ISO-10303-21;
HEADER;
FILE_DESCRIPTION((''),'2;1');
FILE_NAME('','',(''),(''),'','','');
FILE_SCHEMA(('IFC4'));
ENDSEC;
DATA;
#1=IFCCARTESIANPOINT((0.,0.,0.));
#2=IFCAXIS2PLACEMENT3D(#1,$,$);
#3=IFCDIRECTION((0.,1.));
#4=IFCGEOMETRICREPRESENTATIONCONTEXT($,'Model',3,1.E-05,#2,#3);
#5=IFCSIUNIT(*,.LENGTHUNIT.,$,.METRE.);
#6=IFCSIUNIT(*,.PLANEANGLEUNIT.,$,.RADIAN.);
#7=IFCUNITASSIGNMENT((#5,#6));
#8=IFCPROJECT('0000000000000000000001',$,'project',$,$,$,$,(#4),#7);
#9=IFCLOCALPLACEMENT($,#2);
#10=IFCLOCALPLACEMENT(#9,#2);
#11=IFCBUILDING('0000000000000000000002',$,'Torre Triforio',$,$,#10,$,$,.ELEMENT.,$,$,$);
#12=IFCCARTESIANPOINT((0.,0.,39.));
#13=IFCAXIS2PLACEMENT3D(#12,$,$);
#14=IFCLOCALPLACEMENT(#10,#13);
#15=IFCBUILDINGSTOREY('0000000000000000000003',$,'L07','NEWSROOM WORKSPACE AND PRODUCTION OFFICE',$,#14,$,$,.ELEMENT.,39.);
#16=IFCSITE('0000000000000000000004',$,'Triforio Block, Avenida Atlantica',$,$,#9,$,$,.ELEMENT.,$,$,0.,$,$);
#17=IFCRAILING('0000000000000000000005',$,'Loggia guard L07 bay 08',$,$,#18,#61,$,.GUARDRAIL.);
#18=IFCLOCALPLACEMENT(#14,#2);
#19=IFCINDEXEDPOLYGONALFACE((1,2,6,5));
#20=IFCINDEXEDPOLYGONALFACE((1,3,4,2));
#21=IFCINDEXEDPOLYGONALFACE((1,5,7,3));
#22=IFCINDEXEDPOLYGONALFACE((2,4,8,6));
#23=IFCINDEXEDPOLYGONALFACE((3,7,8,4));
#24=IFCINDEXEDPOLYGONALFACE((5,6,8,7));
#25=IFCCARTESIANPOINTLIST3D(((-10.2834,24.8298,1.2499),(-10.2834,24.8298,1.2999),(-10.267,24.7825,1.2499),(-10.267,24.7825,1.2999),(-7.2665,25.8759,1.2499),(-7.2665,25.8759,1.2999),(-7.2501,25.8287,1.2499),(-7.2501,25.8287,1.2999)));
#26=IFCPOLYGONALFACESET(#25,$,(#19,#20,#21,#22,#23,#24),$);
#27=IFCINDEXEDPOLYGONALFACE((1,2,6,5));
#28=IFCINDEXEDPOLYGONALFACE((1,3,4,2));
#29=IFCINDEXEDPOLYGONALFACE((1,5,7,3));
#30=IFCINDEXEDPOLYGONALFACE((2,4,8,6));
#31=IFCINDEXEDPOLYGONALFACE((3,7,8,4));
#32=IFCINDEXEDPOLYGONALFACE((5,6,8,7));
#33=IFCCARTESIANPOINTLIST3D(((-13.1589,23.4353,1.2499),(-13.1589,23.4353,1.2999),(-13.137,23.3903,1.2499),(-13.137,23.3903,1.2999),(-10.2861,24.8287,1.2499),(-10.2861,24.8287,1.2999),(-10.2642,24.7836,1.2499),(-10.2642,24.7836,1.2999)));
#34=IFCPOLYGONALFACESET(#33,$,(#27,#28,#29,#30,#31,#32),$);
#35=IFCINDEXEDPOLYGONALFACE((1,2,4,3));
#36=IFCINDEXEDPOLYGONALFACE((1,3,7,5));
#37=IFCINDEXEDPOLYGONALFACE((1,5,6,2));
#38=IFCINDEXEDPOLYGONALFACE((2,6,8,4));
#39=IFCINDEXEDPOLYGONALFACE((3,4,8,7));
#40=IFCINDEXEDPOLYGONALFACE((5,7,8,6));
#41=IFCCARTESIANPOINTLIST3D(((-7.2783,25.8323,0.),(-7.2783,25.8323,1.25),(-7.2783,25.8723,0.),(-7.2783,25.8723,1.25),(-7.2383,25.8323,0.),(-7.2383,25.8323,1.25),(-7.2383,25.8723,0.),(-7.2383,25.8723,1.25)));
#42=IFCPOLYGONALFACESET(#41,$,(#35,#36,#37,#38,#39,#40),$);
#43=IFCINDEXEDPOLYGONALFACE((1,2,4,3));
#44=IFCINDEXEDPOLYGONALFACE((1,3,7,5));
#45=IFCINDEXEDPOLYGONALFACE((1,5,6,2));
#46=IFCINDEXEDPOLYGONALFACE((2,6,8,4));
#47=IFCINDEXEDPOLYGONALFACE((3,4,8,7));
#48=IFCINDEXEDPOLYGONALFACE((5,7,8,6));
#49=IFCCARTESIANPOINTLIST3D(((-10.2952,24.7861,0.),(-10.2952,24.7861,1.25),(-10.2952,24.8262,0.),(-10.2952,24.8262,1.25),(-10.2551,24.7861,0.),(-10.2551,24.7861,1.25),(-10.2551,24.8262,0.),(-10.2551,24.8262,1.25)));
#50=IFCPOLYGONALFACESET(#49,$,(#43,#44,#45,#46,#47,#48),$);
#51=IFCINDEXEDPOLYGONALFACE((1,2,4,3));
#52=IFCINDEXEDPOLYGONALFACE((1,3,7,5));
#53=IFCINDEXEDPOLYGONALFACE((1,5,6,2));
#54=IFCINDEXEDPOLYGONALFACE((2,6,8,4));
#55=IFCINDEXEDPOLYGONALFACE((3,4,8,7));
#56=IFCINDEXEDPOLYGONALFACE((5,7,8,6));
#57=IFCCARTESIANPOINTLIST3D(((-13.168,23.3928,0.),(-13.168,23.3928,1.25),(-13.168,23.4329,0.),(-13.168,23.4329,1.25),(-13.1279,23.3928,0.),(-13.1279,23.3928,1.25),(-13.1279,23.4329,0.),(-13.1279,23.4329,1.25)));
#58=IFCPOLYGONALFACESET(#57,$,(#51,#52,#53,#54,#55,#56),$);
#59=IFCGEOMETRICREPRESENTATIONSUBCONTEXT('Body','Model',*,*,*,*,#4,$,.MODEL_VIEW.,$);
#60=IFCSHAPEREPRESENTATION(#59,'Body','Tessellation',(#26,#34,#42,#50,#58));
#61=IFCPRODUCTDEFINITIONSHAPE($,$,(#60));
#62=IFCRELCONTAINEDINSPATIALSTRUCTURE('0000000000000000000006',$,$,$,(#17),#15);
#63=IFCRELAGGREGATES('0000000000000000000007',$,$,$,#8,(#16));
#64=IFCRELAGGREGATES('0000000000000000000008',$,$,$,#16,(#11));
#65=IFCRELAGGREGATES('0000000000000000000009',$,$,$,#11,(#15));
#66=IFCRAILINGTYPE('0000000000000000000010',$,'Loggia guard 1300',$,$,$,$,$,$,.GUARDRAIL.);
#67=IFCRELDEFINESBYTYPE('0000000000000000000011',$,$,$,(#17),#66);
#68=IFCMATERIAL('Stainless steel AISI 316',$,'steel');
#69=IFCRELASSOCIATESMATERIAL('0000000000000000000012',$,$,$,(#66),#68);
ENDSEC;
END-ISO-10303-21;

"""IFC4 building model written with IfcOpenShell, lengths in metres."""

from ifc_helpers import new_model, si_unit, direction, frame, origin, origin_2d, place, context, subcontext, project, spatial, rectangle, extrude, material, type_object, element, save


model = new_model("IFC4")

# Units and contexts
model_context = context("Model", 3, precision=1e-05, world=origin(), true_north=direction((0.0, 1.0)))
body_context = subcontext(model_context, "Body", "Model", "MODEL_VIEW")
ifc_project = project(units=[si_unit("LENGTHUNIT", "METRE"), si_unit("PLANEANGLEUNIT", "RADIAN")], contexts=[model_context])

# Site, building, storey
site_placement = place(None, origin())
site = spatial("IfcSite", under=ifc_project, at=site_placement, Name="Triforio Block, Avenida Atlantica", CompositionType="ELEMENT", RefElevation=0.0)
building_placement = place(site_placement, origin())
building = spatial("IfcBuilding", under=site, at=building_placement, Name="Torre Triforio", CompositionType="ELEMENT")
storey_placement = place(building_placement, frame((0.0, 0.0, 39.0)))
storey = spatial("IfcBuildingStorey", under=building, at=storey_placement, Name="L07", Description="NEWSROOM WORKSPACE AND PRODUCTION OFFICE", CompositionType="ELEMENT", Elevation=39.0)

# Railing
ifc_material_1 = material(Name="Stainless steel AISI 316", Category="steel")
railing_type_1 = type_object("IfcRailingType", Name="Loggia guard 1300", PredefinedType="GUARDRAIL", material=ifc_material_1)
railing_1_placement = place(storey_placement, frame((-7.2583, 25.8523, 0.0)))
element("IfcRailing", 1, at=railing_1_placement, inside=storey, type_object=railing_type_1, Name="Loggia guard L07 bay 08", PredefinedType="GUARDRAIL", context=body_context, shape_type="SweptSolid", body=[
    extrude(rectangle(XDim=0.05, YDim=0.05, at=origin_2d()), frame((0.0, 0.0, 1.2749), z_axis=(-0.944807, -0.327628, 0.0), x_axis=(0.327628, -0.944807, 0.0)), (0.0, 0.0, 1.0), 3.1931),
    extrude(rectangle(XDim=0.05, YDim=0.05, at=origin_2d()), frame((-3.0168, -1.0461, 1.2749), z_axis=(-0.89976, -0.436384, 0.0), x_axis=(0.436384, -0.89976, 0.0)), (0.0, 0.0, 1.0), 3.1929),
    extrude(rectangle(XDim=0.04, YDim=0.04, at=origin_2d()), origin(), (0.0, 0.0, 1.0), 1.25),
    extrude(rectangle(XDim=0.04, YDim=0.04, at=origin_2d()), frame((-3.0168, -1.0461, 0.0)), (0.0, 0.0, 1.0), 1.25),
    extrude(rectangle(XDim=0.04, YDim=0.04, at=origin_2d()), frame((-5.8896, -2.4395, 0.0)), (0.0, 0.0, 1.0), 1.25),
])

save(model, "model.ifc")
